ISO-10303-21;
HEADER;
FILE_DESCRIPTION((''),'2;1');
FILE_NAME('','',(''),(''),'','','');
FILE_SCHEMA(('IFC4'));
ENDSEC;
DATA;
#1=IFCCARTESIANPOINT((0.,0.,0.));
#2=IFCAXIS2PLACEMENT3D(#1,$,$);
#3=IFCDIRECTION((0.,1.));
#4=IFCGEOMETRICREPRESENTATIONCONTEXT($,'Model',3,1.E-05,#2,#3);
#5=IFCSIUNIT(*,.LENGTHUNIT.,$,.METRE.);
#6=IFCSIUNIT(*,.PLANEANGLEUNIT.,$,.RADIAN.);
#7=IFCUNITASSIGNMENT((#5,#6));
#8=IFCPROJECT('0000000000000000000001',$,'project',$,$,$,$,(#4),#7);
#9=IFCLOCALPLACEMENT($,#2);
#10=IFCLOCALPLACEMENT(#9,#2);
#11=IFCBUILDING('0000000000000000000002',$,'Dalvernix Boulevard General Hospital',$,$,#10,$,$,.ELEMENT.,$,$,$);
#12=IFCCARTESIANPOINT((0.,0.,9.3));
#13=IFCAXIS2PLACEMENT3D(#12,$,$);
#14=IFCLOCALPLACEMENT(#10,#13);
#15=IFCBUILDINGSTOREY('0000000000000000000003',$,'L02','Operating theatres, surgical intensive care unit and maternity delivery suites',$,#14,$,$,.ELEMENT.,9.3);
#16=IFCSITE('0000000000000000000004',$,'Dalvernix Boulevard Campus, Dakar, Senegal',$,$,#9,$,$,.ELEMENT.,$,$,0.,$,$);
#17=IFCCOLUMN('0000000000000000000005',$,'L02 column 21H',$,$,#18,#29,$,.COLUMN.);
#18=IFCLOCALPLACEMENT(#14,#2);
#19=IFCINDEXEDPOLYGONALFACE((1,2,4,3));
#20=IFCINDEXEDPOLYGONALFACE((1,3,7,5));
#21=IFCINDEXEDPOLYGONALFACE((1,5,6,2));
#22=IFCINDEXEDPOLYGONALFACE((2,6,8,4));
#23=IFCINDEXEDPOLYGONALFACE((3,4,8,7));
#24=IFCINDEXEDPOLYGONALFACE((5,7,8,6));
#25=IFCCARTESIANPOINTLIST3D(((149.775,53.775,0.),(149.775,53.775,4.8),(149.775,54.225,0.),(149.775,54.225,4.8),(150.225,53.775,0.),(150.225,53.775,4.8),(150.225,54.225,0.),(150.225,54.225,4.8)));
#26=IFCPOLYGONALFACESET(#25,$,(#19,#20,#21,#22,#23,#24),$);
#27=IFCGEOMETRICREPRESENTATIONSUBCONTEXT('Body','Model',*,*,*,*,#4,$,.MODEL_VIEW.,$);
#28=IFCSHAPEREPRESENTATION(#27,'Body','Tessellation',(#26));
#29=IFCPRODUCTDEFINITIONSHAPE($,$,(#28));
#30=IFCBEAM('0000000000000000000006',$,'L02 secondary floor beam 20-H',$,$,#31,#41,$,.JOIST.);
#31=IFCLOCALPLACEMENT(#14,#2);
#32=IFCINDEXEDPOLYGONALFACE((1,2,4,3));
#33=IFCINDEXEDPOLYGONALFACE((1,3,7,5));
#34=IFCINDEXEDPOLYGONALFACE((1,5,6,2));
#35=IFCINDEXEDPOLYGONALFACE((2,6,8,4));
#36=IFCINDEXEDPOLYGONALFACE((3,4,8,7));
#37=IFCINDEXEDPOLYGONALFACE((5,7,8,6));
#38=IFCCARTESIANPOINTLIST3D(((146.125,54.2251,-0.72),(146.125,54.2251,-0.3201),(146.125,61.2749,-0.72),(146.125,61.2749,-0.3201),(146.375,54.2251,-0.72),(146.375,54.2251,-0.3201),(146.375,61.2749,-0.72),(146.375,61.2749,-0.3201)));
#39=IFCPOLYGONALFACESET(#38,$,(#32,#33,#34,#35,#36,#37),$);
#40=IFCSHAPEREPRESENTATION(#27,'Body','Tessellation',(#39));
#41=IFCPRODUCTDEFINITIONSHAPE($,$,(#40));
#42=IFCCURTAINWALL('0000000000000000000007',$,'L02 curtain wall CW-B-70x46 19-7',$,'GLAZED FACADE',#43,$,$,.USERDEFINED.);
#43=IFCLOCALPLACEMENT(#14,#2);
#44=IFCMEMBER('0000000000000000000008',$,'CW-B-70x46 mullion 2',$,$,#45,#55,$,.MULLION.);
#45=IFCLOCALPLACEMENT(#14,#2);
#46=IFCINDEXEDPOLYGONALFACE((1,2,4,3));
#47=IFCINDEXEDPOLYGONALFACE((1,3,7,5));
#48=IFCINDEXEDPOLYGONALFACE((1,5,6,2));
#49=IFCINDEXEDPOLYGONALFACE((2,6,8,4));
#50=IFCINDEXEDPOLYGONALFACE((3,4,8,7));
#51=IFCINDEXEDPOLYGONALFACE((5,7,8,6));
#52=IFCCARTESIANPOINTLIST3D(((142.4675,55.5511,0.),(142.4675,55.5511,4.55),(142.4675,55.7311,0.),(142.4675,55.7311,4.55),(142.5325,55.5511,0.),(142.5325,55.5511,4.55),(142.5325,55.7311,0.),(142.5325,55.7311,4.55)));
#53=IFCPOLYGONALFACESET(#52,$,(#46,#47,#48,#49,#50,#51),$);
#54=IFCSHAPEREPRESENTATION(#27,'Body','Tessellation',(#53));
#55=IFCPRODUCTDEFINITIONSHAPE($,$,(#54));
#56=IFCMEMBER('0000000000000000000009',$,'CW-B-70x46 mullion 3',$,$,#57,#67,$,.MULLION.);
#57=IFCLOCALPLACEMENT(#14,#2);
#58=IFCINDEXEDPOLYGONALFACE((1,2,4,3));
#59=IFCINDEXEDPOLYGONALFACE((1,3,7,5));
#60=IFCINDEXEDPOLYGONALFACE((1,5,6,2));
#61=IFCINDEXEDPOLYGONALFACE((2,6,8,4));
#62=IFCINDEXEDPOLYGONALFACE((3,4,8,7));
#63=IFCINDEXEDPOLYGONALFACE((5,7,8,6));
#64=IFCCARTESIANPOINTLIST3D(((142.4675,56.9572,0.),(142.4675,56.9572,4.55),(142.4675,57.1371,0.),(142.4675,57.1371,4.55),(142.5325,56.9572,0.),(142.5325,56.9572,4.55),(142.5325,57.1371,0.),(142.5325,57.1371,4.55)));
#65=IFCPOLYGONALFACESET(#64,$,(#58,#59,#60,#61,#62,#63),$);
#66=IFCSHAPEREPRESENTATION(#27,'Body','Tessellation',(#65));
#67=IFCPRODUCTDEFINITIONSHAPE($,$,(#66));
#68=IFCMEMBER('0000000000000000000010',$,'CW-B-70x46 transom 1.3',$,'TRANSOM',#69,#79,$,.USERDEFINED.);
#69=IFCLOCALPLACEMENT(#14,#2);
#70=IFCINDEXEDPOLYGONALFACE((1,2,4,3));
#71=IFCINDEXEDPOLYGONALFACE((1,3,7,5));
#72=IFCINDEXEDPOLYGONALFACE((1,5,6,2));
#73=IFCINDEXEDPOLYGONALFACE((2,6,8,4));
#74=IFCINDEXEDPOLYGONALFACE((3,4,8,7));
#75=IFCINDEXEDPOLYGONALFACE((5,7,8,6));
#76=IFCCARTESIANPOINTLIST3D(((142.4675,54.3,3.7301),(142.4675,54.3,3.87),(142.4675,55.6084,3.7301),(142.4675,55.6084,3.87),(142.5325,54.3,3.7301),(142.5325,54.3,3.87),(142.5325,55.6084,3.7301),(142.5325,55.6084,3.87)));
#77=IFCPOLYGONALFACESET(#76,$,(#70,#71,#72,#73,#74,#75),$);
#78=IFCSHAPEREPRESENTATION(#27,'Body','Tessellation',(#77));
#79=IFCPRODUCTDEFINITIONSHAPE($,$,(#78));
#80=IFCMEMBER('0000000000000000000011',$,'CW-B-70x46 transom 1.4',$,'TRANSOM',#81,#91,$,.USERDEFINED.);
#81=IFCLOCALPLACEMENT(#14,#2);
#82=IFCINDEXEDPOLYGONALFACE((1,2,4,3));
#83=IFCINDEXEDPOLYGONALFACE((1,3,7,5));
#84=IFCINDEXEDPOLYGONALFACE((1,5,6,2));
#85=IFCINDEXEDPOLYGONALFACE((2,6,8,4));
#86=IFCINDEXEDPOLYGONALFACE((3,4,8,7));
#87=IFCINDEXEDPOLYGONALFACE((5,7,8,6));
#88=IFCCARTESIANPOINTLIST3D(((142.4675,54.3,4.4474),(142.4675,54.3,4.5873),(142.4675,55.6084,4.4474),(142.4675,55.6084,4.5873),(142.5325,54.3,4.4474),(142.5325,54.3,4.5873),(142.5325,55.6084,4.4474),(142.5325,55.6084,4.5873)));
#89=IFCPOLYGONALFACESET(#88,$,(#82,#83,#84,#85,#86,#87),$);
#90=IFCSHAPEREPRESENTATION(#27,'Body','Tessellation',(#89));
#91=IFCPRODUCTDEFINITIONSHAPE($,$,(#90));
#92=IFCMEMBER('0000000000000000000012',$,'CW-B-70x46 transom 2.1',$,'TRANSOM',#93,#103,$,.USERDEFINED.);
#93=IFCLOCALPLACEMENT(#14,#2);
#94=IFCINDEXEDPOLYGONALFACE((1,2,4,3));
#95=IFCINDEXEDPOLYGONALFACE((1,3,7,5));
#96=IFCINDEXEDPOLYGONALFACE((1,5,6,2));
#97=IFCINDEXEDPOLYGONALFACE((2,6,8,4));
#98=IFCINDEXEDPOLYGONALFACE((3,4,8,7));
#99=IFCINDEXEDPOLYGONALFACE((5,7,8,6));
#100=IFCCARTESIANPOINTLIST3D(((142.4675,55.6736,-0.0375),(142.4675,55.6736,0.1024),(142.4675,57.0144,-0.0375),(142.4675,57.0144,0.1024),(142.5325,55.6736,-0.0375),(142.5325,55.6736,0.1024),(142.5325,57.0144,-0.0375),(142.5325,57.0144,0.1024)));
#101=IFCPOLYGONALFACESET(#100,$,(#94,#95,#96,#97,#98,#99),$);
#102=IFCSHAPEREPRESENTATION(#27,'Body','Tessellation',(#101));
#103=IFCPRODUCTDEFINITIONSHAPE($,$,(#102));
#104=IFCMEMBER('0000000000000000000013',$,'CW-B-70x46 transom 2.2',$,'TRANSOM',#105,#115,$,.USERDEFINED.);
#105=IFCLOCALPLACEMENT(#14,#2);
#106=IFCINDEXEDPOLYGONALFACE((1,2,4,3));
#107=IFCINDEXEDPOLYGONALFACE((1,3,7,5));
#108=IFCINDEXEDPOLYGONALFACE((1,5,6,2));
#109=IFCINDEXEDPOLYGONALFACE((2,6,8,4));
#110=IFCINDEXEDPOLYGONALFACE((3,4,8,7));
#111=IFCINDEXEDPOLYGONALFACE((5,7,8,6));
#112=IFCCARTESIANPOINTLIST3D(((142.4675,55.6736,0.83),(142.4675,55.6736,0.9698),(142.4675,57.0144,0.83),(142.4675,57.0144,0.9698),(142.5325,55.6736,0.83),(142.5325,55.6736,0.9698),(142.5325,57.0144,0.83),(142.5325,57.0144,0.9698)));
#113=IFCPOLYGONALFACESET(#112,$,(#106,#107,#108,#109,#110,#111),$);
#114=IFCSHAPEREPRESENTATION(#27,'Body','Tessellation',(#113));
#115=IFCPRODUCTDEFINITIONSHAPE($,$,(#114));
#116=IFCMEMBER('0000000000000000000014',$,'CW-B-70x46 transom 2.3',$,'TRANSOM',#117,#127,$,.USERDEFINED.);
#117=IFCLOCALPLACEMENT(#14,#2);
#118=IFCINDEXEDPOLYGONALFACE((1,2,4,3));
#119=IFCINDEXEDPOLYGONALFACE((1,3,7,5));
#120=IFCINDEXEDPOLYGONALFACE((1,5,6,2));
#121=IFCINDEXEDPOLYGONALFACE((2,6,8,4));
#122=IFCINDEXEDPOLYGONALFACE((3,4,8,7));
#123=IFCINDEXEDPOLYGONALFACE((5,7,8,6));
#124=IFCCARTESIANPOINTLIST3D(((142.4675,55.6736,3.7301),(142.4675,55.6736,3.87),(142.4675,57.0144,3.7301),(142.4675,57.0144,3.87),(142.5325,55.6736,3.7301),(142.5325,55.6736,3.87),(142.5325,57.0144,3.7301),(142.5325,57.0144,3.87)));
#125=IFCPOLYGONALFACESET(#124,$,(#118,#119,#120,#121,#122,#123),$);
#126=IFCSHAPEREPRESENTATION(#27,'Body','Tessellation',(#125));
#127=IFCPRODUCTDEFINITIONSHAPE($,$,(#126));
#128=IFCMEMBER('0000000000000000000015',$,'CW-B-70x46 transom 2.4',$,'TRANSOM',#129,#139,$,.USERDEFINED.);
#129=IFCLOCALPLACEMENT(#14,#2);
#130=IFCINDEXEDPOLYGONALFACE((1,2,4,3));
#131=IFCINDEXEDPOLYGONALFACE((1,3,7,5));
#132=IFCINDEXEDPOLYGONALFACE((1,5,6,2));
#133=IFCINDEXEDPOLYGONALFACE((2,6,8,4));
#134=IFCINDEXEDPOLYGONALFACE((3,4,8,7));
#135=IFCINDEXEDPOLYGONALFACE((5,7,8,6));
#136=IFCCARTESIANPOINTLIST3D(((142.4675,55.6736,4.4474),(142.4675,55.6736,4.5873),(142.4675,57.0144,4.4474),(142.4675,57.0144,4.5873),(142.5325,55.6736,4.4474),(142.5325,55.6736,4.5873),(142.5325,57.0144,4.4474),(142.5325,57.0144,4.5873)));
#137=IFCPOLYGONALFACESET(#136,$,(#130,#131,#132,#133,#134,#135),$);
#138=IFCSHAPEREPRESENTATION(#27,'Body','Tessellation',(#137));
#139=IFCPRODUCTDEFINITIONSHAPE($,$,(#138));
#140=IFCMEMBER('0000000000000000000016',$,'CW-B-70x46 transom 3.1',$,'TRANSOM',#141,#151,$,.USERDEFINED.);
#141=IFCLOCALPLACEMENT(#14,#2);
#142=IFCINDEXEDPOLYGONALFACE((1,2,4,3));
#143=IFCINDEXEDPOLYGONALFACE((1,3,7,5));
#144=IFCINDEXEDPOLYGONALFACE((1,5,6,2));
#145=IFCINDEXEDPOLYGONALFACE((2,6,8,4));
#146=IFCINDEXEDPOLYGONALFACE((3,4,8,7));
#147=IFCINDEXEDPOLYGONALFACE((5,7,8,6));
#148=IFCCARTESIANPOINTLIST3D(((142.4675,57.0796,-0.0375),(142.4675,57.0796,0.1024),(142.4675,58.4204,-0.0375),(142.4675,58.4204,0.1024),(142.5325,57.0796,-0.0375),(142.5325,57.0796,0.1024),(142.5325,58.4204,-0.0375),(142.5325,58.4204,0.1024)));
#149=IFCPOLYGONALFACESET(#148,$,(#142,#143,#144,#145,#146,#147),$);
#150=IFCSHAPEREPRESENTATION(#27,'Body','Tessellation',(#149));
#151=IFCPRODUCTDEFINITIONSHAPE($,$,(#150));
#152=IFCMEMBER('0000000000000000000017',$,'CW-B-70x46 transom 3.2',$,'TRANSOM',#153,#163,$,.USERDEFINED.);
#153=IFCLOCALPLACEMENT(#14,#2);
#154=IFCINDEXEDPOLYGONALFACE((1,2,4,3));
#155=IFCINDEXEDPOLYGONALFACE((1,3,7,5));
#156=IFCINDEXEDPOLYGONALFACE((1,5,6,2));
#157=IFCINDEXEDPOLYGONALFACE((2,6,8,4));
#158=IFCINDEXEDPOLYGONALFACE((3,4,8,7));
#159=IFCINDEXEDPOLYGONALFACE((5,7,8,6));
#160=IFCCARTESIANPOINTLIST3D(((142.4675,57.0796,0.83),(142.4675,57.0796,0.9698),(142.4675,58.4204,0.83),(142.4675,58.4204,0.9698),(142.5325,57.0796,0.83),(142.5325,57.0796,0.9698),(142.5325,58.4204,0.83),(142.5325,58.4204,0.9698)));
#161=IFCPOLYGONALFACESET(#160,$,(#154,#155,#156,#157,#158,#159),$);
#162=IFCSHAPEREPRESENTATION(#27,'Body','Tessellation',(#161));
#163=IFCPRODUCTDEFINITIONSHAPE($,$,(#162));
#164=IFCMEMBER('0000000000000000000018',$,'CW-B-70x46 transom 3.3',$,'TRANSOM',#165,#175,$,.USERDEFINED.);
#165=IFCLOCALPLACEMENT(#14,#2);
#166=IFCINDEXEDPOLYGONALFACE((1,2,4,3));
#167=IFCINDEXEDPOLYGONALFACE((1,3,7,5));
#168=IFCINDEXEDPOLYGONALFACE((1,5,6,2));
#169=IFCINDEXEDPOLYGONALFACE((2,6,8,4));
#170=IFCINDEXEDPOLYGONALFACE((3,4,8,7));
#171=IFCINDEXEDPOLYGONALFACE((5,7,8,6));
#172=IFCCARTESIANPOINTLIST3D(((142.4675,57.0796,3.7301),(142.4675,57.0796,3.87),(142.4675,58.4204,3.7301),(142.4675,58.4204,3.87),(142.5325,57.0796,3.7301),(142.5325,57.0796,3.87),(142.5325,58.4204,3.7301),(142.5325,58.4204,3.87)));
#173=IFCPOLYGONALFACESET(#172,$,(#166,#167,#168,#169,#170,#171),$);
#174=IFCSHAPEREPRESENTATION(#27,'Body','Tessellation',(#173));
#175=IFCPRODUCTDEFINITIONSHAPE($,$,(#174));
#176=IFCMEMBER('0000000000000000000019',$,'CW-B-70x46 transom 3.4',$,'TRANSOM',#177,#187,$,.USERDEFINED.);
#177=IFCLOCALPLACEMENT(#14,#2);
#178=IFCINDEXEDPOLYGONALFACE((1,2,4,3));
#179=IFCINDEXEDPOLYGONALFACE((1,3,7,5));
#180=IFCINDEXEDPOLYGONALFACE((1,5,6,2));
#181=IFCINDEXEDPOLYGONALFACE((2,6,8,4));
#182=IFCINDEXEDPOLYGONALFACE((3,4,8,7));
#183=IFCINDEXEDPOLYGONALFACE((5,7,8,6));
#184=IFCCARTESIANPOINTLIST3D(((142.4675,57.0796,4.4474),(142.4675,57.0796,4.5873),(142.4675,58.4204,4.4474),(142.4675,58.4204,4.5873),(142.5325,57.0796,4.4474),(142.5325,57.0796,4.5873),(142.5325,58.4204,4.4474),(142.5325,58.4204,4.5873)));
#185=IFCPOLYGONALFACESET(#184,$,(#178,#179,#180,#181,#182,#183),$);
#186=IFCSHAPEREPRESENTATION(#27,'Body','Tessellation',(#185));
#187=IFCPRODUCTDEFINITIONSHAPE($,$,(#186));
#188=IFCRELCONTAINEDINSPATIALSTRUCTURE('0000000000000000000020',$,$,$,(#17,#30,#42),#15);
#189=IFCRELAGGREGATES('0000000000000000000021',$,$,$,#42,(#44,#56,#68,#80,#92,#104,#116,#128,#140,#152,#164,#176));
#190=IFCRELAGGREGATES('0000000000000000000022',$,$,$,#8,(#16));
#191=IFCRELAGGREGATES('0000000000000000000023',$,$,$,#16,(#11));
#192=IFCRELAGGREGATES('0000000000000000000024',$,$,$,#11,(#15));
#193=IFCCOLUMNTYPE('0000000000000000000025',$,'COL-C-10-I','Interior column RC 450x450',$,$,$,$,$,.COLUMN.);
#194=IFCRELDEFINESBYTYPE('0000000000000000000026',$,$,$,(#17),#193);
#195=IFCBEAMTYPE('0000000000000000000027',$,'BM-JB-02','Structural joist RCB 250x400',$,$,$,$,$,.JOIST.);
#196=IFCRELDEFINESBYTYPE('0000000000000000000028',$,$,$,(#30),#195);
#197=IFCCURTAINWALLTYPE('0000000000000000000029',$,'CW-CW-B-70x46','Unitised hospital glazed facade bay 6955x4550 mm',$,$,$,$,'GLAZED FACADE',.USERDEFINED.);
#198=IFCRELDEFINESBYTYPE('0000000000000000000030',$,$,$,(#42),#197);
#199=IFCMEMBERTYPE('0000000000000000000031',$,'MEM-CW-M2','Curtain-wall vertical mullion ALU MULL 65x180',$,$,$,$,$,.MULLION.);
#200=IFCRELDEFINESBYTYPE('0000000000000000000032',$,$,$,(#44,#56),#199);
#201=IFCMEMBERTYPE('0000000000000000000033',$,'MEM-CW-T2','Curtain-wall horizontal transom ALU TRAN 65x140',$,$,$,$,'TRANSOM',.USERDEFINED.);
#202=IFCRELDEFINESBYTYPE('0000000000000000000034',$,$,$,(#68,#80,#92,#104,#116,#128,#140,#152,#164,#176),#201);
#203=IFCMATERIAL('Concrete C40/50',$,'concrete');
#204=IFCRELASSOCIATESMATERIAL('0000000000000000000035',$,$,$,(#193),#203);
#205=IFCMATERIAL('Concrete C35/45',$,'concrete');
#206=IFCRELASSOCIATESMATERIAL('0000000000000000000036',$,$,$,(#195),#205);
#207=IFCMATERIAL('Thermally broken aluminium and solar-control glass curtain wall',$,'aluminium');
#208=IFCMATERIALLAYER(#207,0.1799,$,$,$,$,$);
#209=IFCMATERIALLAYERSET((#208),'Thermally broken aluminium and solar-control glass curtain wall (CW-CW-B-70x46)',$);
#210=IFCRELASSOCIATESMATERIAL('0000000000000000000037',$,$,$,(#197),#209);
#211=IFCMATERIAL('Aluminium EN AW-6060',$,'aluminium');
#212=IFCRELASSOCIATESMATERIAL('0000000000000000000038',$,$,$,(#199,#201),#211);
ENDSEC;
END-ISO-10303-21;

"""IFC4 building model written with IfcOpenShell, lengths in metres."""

from ifc_helpers import new_model, si_unit, direction, frame, origin, origin_2d, place, context, subcontext, project, spatial, rectangle, extrude, material, layer, layer_set, material_profile, profile_set, type_object, element, aggregate, save


model = new_model("IFC4")

# Units and contexts
model_context = context("Model", 3, precision=1e-05, world=origin(), true_north=direction((0.0, 1.0)))
body_context = subcontext(model_context, "Body", "Model", "MODEL_VIEW")
ifc_project = project(units=[si_unit("LENGTHUNIT", "METRE"), si_unit("PLANEANGLEUNIT", "RADIAN")], contexts=[model_context])

# Site, building, storey
site_placement = place(None, origin())
site = spatial("IfcSite", under=ifc_project, at=site_placement, Name="Dalvernix Boulevard Campus, Dakar, Senegal", CompositionType="ELEMENT", RefElevation=0.0)
building_placement = place(site_placement, origin())
building = spatial("IfcBuilding", under=site, at=building_placement, Name="Dalvernix Boulevard General Hospital", CompositionType="ELEMENT")
storey_placement = place(building_placement, frame((0.0, 0.0, 9.3)))
storey = spatial("IfcBuildingStorey", under=building, at=storey_placement, Name="L02", Description="Operating theatres, surgical intensive care unit and maternity delivery suites", CompositionType="ELEMENT", Elevation=9.3)

# Column
ifc_material_1 = material(Name="Concrete C40/50", Category="concrete")
ifc_material_profile_1 = material_profile(ifc_material_1, rectangle(XDim=0.45, YDim=0.45, at=origin_2d()), Name="RC 450x450")
ifc_profile_set_1 = profile_set([ifc_material_profile_1], Name="Concrete C40/50")
column_type = type_object("IfcColumnType", Name="COL-C-10-I", Description="Interior column RC 450x450", PredefinedType="COLUMN", material=ifc_profile_set_1)
column_placement = place(storey_placement, frame((150.0, 54.0, 0.0), z_axis=(0.0, 0.0, 1.0), x_axis=(1.0, 0.0, 0.0)))
element("IfcColumn", 1, at=column_placement, inside=storey, type_object=column_type, Name="L02 column 21H", PredefinedType="COLUMN", context=body_context, shape_type="SweptSolid", body=[
    extrude(rectangle(XDim=0.45, YDim=0.45, at=origin_2d()), origin(), (0.0, 0.0, 1.0), 4.8),
])

# Beam
ifc_material_2 = material(Name="Concrete C35/45", Category="concrete")
ifc_material_profile_2 = material_profile(ifc_material_2, rectangle(XDim=0.25, YDim=0.3999, at=origin_2d()), Name="RCB 250x400")
ifc_profile_set_2 = profile_set([ifc_material_profile_2], Name="Concrete C35/45")
beam_type = type_object("IfcBeamType", Name="BM-JB-02", Description="Structural joist RCB 250x400", PredefinedType="JOIST", material=ifc_profile_set_2)
beam_placement = place(storey_placement, frame((146.25, 54.2251, -0.52), z_axis=(0.0, 1.0, 0.0), x_axis=(-1.0, 0.0, 0.0)))
element("IfcBeam", 2, at=beam_placement, inside=storey, type_object=beam_type, Name="L02 secondary floor beam 20-H", PredefinedType="JOIST", context=body_context, shape_type="SweptSolid", body=[
    extrude(rectangle(XDim=0.25, YDim=0.3999, at=origin_2d()), origin(), (0.0, 0.0, 1.0), 7.0498),
])

# Curtain wall, members
ifc_material_3 = material(Name="Thermally broken aluminium and solar-control glass curtain wall", Category="aluminium")
ifc_layer_1 = layer(ifc_material_3, 0.1799)
ifc_layer_set_1 = layer_set([ifc_layer_1], Name="Thermally broken aluminium and solar-control glass curtain wall (CW-CW-B-70x46)")
curtain_wall_type = type_object("IfcCurtainWallType", Name="CW-CW-B-70x46", Description="Unitised hospital glazed facade bay 6955x4550 mm", ElementType="GLAZED FACADE", PredefinedType="USERDEFINED", material=ifc_layer_set_1)
curtain_wall_placement = place(storey_placement, origin())
curtain_wall = element("IfcCurtainWall", 3, at=curtain_wall_placement, inside=storey, type_object=curtain_wall_type, Name="L02 curtain wall CW-B-70x46 19-7", ObjectType="GLAZED FACADE", PredefinedType="USERDEFINED")
ifc_material_4 = material(Name="Aluminium EN AW-6060", Category="aluminium")
ifc_material_profile_3 = material_profile(ifc_material_4, rectangle(XDim=0.0649, YDim=0.1799, at=origin_2d()), Name="ALU MULL 65x180")
ifc_profile_set_3 = profile_set([ifc_material_profile_3], Name="Aluminium EN AW-6060")
member_type_1 = type_object("IfcMemberType", Name="MEM-CW-M2", Description="Curtain-wall vertical mullion ALU MULL 65x180", PredefinedType="MULLION", material=ifc_profile_set_3)
member_1_placement = place(storey_placement, frame((142.5, 55.6411, 0.0), z_axis=(0.0, 0.0, 1.0), x_axis=(-1.0, 0.0, 0.0)))
member_1 = element("IfcMember", 4, at=member_1_placement, type_object=member_type_1, Name="CW-B-70x46 mullion 2", PredefinedType="MULLION", context=body_context, shape_type="SweptSolid", body=[
    extrude(rectangle(XDim=0.0649, YDim=0.1799, at=origin_2d()), origin(), (0.0, 0.0, 1.0), 4.55),
])
member_2_placement = place(storey_placement, frame((142.5, 57.0471, 0.0), z_axis=(0.0, 0.0, 1.0), x_axis=(-1.0, 0.0, 0.0)))
member_2 = element("IfcMember", 5, at=member_2_placement, type_object=member_type_1, Name="CW-B-70x46 mullion 3", PredefinedType="MULLION", context=body_context, shape_type="SweptSolid", body=[
    extrude(rectangle(XDim=0.0649, YDim=0.1799, at=origin_2d()), origin(), (0.0, 0.0, 1.0), 4.55),
])
ifc_material_profile_4 = material_profile(ifc_material_4, rectangle(XDim=0.0649, YDim=0.1399, at=origin_2d()), Name="ALU TRAN 65x140")
ifc_profile_set_4 = profile_set([ifc_material_profile_4], Name="Aluminium EN AW-6060")
member_type_2 = type_object("IfcMemberType", Name="MEM-CW-T2", Description="Curtain-wall horizontal transom ALU TRAN 65x140", ElementType="TRANSOM", PredefinedType="USERDEFINED", material=ifc_profile_set_4)
member_3_placement = place(storey_placement, frame((142.5, 54.3, 3.8), z_axis=(0.0, 1.0, 0.0), x_axis=(-1.0, 0.0, 0.0)))
member_3 = element("IfcMember", 6, at=member_3_placement, type_object=member_type_2, Name="CW-B-70x46 transom 1.3", ObjectType="TRANSOM", PredefinedType="USERDEFINED", context=body_context, shape_type="SweptSolid", body=[
    extrude(rectangle(XDim=0.0649, YDim=0.1399, at=origin_2d()), origin(), (0.0, 0.0, 1.0), 1.3083),
])
member_4_placement = place(storey_placement, frame((142.5, 54.3, 4.5173), z_axis=(0.0, 1.0, 0.0), x_axis=(-1.0, 0.0, 0.0)))
member_4 = element("IfcMember", 7, at=member_4_placement, type_object=member_type_2, Name="CW-B-70x46 transom 1.4", ObjectType="TRANSOM", PredefinedType="USERDEFINED", context=body_context, shape_type="SweptSolid", body=[
    extrude(rectangle(XDim=0.0649, YDim=0.1399, at=origin_2d()), origin(), (0.0, 0.0, 1.0), 1.3083),
])
member_5_placement = place(storey_placement, frame((142.5, 55.6736, 0.0325), z_axis=(0.0, 1.0, 0.0), x_axis=(-1.0, 0.0, 0.0)))
member_5 = element("IfcMember", 8, at=member_5_placement, type_object=member_type_2, Name="CW-B-70x46 transom 2.1", ObjectType="TRANSOM", PredefinedType="USERDEFINED", context=body_context, shape_type="SweptSolid", body=[
    extrude(rectangle(XDim=0.0649, YDim=0.1399, at=origin_2d()), origin(), (0.0, 0.0, 1.0), 1.3408),
])
member_6_placement = place(storey_placement, frame((142.5, 55.6736, 0.8999), z_axis=(0.0, 1.0, 0.0), x_axis=(-1.0, 0.0, 0.0)))
member_6 = element("IfcMember", 9, at=member_6_placement, type_object=member_type_2, Name="CW-B-70x46 transom 2.2", ObjectType="TRANSOM", PredefinedType="USERDEFINED", context=body_context, shape_type="SweptSolid", body=[
    extrude(rectangle(XDim=0.0649, YDim=0.1399, at=origin_2d()), origin(), (0.0, 0.0, 1.0), 1.3408),
])
member_7_placement = place(storey_placement, frame((142.5, 55.6736, 3.8), z_axis=(0.0, 1.0, 0.0), x_axis=(-1.0, 0.0, 0.0)))
member_7 = element("IfcMember", 10, at=member_7_placement, type_object=member_type_2, Name="CW-B-70x46 transom 2.3", ObjectType="TRANSOM", PredefinedType="USERDEFINED", context=body_context, shape_type="SweptSolid", body=[
    extrude(rectangle(XDim=0.0649, YDim=0.1399, at=origin_2d()), origin(), (0.0, 0.0, 1.0), 1.3408),
])
member_8_placement = place(storey_placement, frame((142.5, 55.6736, 4.5173), z_axis=(0.0, 1.0, 0.0), x_axis=(-1.0, 0.0, 0.0)))
member_8 = element("IfcMember", 11, at=member_8_placement, type_object=member_type_2, Name="CW-B-70x46 transom 2.4", ObjectType="TRANSOM", PredefinedType="USERDEFINED", context=body_context, shape_type="SweptSolid", body=[
    extrude(rectangle(XDim=0.0649, YDim=0.1399, at=origin_2d()), origin(), (0.0, 0.0, 1.0), 1.3408),
])
member_9_placement = place(storey_placement, frame((142.5, 57.0796, 0.0325), z_axis=(0.0, 1.0, 0.0), x_axis=(-1.0, 0.0, 0.0)))
member_9 = element("IfcMember", 12, at=member_9_placement, type_object=member_type_2, Name="CW-B-70x46 transom 3.1", ObjectType="TRANSOM", PredefinedType="USERDEFINED", context=body_context, shape_type="SweptSolid", body=[
    extrude(rectangle(XDim=0.0649, YDim=0.1399, at=origin_2d()), origin(), (0.0, 0.0, 1.0), 1.3408),
])
member_10_placement = place(storey_placement, frame((142.5, 57.0796, 0.8999), z_axis=(0.0, 1.0, 0.0), x_axis=(-1.0, 0.0, 0.0)))
member_10 = element("IfcMember", 13, at=member_10_placement, type_object=member_type_2, Name="CW-B-70x46 transom 3.2", ObjectType="TRANSOM", PredefinedType="USERDEFINED", context=body_context, shape_type="SweptSolid", body=[
    extrude(rectangle(XDim=0.0649, YDim=0.1399, at=origin_2d()), origin(), (0.0, 0.0, 1.0), 1.3408),
])
member_11_placement = place(storey_placement, frame((142.5, 57.0796, 3.8), z_axis=(0.0, 1.0, 0.0), x_axis=(-1.0, 0.0, 0.0)))
member_11 = element("IfcMember", 14, at=member_11_placement, type_object=member_type_2, Name="CW-B-70x46 transom 3.3", ObjectType="TRANSOM", PredefinedType="USERDEFINED", context=body_context, shape_type="SweptSolid", body=[
    extrude(rectangle(XDim=0.0649, YDim=0.1399, at=origin_2d()), origin(), (0.0, 0.0, 1.0), 1.3408),
])
member_12_placement = place(storey_placement, frame((142.5, 57.0796, 4.5173), z_axis=(0.0, 1.0, 0.0), x_axis=(-1.0, 0.0, 0.0)))
member_12 = element("IfcMember", 15, at=member_12_placement, type_object=member_type_2, Name="CW-B-70x46 transom 3.4", ObjectType="TRANSOM", PredefinedType="USERDEFINED", context=body_context, shape_type="SweptSolid", body=[
    extrude(rectangle(XDim=0.0649, YDim=0.1399, at=origin_2d()), origin(), (0.0, 0.0, 1.0), 1.3408),
])
aggregate(curtain_wall, [member_1, member_2, member_3, member_4, member_5, member_6, member_7, member_8, member_9, member_10, member_11, member_12])

save(model, "model.ifc")
